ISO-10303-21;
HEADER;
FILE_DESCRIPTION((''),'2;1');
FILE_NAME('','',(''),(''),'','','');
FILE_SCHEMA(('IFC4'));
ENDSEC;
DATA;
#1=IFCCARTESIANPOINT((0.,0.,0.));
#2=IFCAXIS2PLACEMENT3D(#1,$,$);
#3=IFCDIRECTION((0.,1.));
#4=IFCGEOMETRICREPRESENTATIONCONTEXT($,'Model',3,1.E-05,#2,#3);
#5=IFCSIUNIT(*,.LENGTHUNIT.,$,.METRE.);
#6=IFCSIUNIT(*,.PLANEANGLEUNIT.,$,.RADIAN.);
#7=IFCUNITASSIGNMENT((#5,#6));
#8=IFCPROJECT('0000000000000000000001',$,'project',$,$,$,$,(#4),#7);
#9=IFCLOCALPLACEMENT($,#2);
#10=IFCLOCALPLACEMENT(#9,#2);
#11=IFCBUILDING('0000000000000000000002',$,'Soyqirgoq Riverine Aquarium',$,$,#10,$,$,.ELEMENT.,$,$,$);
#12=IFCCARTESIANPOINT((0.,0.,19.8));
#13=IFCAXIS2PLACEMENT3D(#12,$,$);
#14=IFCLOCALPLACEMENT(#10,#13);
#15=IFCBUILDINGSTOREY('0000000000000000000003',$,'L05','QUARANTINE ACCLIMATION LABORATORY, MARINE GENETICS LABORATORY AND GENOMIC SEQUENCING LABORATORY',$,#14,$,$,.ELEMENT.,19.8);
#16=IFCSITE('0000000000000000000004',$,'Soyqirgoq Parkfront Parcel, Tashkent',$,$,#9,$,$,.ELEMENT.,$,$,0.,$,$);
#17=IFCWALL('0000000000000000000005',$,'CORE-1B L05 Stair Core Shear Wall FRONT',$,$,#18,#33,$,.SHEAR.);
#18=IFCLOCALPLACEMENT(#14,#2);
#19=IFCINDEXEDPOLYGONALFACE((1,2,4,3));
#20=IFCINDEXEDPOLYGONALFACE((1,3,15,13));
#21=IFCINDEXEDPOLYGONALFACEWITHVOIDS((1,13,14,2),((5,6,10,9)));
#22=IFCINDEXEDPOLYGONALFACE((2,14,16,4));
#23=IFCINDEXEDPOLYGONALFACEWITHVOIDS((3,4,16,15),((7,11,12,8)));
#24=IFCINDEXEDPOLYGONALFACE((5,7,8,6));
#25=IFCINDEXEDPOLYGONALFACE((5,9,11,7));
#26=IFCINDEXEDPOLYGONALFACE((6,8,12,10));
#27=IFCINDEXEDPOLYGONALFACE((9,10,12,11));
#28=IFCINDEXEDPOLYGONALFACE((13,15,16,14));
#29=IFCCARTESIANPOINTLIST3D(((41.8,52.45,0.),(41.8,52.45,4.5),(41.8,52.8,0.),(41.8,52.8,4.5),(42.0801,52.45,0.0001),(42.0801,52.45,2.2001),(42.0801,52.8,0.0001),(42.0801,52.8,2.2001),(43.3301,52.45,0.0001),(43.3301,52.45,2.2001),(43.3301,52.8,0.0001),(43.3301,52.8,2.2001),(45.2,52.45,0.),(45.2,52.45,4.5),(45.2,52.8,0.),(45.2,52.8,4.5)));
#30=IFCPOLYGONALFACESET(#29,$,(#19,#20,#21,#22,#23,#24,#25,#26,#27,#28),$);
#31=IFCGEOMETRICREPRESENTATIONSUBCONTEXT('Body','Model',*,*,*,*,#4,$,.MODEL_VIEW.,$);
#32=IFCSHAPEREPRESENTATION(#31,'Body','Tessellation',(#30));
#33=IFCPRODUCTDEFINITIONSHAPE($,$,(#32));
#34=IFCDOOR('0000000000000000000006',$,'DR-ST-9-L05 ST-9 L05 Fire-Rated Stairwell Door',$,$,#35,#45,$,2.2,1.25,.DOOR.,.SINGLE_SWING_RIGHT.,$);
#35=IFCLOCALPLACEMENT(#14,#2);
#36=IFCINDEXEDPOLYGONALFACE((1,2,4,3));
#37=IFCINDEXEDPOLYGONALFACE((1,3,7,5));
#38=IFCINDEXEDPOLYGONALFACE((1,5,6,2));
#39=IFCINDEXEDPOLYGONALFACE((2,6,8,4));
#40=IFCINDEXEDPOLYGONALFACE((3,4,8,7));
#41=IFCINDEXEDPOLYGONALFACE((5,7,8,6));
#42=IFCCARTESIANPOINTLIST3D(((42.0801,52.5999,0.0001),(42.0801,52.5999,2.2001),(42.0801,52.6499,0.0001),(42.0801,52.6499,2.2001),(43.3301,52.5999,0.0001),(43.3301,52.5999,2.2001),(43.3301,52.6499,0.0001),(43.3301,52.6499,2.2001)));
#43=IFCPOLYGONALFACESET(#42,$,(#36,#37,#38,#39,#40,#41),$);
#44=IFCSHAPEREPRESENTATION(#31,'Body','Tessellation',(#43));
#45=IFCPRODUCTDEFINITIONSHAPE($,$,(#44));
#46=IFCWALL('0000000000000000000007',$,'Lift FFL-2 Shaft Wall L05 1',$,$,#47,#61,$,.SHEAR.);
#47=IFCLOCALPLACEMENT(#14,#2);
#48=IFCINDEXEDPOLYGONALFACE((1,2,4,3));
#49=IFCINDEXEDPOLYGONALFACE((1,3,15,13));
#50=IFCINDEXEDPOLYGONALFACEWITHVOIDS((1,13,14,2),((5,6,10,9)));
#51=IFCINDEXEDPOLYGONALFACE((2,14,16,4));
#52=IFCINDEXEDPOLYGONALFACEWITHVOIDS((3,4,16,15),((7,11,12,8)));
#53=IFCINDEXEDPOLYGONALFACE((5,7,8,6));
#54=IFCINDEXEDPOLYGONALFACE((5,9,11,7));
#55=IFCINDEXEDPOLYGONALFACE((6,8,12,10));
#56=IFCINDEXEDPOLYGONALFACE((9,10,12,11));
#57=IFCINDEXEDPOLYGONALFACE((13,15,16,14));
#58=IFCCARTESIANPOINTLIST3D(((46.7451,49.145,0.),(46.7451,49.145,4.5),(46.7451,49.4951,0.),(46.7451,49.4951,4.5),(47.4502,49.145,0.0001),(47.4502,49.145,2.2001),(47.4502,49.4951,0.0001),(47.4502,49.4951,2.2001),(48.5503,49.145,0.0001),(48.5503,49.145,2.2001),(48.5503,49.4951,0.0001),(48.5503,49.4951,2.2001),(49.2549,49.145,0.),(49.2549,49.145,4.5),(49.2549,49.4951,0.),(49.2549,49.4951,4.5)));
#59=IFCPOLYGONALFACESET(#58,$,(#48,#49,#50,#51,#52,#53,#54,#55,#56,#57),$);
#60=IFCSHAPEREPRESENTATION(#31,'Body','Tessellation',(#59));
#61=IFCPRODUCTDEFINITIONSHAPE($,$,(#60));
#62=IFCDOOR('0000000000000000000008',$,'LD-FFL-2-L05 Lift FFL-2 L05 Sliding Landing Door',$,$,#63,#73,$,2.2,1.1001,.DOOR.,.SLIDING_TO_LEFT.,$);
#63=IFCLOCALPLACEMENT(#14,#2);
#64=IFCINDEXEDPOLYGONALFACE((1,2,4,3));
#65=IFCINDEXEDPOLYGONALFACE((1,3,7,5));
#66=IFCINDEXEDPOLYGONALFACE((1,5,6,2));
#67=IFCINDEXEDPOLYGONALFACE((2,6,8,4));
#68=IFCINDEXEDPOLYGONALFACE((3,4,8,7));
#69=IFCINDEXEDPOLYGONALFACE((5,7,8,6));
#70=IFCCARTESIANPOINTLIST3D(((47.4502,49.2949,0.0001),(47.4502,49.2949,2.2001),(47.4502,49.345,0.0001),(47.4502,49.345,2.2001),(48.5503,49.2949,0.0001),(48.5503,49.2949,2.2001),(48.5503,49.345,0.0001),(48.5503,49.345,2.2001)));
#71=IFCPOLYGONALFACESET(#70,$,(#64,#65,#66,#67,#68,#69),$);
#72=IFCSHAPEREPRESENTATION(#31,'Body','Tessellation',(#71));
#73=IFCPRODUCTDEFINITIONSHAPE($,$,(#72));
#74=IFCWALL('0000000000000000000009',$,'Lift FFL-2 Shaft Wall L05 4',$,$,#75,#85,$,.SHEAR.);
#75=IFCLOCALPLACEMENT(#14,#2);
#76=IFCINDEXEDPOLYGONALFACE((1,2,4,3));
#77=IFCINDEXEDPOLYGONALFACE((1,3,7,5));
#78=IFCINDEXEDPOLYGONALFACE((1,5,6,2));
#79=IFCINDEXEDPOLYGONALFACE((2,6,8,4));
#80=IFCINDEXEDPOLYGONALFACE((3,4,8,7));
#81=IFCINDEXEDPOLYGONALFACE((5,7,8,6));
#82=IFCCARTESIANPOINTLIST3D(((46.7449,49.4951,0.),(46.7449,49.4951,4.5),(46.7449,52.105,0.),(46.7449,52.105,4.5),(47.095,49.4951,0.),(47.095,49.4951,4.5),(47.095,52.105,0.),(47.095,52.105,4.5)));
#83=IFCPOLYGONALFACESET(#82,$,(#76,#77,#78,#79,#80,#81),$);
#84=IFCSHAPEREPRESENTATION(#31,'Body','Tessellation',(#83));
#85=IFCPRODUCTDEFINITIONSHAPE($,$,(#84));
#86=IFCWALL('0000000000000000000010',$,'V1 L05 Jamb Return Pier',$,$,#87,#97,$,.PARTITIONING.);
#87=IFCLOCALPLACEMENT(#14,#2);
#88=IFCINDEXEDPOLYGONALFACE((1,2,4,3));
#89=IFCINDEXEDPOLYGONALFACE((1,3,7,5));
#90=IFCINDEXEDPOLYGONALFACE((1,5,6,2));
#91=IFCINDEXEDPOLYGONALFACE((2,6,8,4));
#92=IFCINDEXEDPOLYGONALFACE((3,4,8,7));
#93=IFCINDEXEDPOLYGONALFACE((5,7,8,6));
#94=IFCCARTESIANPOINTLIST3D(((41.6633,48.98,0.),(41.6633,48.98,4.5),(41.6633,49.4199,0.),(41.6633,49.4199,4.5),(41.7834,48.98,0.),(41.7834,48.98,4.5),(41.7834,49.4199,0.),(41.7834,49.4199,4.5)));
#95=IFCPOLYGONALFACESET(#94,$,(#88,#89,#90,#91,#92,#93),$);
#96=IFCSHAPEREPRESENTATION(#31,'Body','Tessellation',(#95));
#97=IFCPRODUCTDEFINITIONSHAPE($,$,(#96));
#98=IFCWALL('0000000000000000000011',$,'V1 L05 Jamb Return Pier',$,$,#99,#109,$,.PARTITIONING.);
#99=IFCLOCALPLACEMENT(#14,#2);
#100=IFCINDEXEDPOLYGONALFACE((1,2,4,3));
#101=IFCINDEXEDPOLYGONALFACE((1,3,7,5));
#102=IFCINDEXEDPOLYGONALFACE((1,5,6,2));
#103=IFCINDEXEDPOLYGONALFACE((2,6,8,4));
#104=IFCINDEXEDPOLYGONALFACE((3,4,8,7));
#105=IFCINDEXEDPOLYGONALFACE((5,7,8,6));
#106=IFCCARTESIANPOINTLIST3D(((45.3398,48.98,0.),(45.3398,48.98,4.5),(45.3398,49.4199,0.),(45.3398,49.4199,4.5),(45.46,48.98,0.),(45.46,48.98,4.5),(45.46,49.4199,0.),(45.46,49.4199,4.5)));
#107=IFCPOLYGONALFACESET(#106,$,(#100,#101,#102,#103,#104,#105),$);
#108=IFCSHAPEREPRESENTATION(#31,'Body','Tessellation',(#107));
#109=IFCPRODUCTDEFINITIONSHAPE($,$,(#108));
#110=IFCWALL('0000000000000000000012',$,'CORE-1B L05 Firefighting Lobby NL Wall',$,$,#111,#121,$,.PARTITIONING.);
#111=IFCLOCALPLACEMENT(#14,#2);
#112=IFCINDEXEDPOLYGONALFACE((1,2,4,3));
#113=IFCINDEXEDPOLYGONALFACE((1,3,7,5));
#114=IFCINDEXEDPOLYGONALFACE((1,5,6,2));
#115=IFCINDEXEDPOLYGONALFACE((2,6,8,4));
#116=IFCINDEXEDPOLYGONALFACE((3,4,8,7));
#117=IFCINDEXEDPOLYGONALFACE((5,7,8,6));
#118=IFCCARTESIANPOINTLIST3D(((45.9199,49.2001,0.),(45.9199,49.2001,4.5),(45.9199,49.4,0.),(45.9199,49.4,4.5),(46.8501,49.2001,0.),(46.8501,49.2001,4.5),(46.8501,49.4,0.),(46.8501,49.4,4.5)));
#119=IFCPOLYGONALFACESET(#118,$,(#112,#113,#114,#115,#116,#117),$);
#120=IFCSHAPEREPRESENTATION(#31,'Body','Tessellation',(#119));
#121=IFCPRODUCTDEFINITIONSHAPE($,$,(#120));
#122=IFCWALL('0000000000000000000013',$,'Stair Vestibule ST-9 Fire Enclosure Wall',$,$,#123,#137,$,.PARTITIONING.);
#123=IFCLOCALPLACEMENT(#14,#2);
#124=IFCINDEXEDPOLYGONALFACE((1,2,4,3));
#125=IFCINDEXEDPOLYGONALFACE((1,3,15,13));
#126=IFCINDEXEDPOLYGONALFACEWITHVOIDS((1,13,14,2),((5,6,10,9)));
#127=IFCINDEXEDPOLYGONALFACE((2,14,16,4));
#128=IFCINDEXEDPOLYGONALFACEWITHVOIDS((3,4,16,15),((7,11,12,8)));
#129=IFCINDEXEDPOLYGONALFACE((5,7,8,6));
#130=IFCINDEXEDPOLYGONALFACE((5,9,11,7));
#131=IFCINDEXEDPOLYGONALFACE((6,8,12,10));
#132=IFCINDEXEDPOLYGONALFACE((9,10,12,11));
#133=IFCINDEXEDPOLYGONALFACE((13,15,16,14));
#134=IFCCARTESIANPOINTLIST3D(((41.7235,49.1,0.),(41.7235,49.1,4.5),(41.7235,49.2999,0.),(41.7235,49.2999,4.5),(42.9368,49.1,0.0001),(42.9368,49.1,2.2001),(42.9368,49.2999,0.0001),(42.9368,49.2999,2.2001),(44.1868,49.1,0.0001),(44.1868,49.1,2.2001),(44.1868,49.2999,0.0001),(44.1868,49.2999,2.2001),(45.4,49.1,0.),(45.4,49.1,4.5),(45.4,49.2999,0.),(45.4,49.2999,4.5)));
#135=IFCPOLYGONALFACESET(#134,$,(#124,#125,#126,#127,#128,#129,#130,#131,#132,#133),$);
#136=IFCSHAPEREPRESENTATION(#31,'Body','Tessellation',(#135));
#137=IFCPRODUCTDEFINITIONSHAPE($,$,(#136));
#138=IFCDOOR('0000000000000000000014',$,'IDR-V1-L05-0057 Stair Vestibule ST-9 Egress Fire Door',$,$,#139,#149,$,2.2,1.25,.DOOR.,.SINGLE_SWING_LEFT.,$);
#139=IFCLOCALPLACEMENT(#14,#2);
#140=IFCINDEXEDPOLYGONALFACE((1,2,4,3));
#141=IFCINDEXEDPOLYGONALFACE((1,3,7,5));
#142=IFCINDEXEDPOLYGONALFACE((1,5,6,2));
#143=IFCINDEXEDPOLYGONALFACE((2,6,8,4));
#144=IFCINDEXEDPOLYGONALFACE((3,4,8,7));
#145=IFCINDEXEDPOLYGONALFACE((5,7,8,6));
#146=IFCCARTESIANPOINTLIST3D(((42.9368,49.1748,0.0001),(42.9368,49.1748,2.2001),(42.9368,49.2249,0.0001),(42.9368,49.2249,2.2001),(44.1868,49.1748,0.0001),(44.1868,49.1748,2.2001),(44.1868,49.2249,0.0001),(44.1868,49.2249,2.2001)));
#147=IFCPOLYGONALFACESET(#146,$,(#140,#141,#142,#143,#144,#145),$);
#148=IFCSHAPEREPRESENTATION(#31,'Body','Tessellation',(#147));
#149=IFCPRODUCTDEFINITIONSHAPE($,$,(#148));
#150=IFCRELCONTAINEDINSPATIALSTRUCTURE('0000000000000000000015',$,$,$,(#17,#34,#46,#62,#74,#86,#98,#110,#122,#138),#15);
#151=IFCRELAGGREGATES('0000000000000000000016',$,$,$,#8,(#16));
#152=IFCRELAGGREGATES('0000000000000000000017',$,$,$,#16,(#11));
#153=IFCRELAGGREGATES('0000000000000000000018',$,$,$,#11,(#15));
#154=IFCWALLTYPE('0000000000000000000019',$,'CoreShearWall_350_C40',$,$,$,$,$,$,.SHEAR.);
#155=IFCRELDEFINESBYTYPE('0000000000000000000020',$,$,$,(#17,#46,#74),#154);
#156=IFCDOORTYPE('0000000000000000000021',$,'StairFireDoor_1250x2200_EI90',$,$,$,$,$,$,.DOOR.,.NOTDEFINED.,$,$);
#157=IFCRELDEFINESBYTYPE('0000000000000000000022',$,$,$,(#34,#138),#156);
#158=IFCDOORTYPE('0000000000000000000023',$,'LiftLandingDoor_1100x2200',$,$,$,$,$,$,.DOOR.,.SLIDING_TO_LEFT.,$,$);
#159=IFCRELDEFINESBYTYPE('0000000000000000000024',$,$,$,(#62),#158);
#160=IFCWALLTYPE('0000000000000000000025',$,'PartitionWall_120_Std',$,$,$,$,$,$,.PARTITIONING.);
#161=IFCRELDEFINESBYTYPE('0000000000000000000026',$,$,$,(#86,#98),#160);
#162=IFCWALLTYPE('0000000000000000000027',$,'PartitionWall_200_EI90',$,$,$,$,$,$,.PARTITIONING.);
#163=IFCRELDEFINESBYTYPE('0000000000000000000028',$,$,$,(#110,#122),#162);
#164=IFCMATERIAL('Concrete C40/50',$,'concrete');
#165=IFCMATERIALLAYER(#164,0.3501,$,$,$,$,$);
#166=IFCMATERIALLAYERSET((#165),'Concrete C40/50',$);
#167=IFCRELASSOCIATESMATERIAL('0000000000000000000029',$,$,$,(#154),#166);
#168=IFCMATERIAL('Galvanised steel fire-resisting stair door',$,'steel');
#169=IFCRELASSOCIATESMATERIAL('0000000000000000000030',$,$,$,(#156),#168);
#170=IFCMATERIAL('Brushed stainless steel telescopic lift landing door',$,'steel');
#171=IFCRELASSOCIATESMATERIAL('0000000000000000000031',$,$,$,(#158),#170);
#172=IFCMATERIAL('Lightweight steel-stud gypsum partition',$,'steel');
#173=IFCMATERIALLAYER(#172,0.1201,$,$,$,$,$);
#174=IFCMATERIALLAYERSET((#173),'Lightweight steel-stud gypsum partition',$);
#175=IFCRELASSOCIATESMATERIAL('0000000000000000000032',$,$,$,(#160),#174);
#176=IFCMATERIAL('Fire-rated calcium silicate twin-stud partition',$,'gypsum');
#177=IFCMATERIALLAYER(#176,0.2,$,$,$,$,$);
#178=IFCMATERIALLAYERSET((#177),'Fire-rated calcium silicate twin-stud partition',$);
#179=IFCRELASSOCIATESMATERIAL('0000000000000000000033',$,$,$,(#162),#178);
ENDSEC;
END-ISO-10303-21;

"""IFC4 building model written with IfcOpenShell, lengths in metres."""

from ifc_helpers import new_model, si_unit, direction, frame, frame_2d, origin, place, context, subcontext, project, spatial, rectangle, extrude, material, layer, layer_set, type_object, element, fill, save


model = new_model("IFC4")

# Units and contexts
model_context = context("Model", 3, precision=1e-05, world=origin(), true_north=direction((0.0, 1.0)))
body_context = subcontext(model_context, "Body", "Model", "MODEL_VIEW")
ifc_project = project(units=[si_unit("LENGTHUNIT", "METRE"), si_unit("PLANEANGLEUNIT", "RADIAN")], contexts=[model_context])

# Site, building, storey
site_placement = place(None, origin())
site = spatial("IfcSite", under=ifc_project, at=site_placement, Name="Soyqirgoq Parkfront Parcel, Tashkent", CompositionType="ELEMENT", RefElevation=0.0)
building_placement = place(site_placement, origin())
building = spatial("IfcBuilding", under=site, at=building_placement, Name="Soyqirgoq Riverine Aquarium", CompositionType="ELEMENT")
storey_placement = place(building_placement, frame((0.0, 0.0, 19.8)))
storey = spatial("IfcBuildingStorey", under=building, at=storey_placement, Name="L05", Description="QUARANTINE ACCLIMATION LABORATORY, MARINE GENETICS LABORATORY AND GENOMIC SEQUENCING LABORATORY", CompositionType="ELEMENT", Elevation=19.8)

# Shared definitions
ifc_material_1 = material(Name="Concrete C40/50", Category="concrete")
ifc_layer_1 = layer(ifc_material_1, 0.3501)
ifc_layer_set_1 = layer_set([ifc_layer_1], Name="Concrete C40/50")
wall_type_1 = type_object("IfcWallType", Name="CoreShearWall_350_C40", PredefinedType="SHEAR", material=ifc_layer_set_1)

# Walls, openings, doors
wall_1_placement = place(storey_placement, frame((41.8, 52.625, 0.0), z_axis=(0.0, 0.0, 1.0), x_axis=(1.0, 0.0, 0.0)))
wall_1 = element("IfcWall", 1, at=wall_1_placement, inside=storey, type_object=wall_type_1, Name="CORE-1B L05 Stair Core Shear Wall FRONT", PredefinedType="SHEAR", context=body_context, shape_type="SweptSolid", body=[
    extrude(rectangle(XDim=3.3999, YDim=0.3501, at=frame_2d((1.7, 0.0))), origin(), (0.0, 0.0, 1.0), 4.5),
])
opening_1_placement = place(wall_1_placement, frame((0.28, 0.0, 0.0)))
opening_1 = element("IfcOpeningElement", 2, at=opening_1_placement, cuts=wall_1, PredefinedType="OPENING", context=body_context, shape_type="SweptSolid", body=[
    extrude(rectangle(XDim=1.25, YDim=2.2, at=frame_2d((0.625, 1.1001))), frame((0.0, 0.1851, 0.0), z_axis=(0.0, -1.0, 0.0), x_axis=(1.0, 0.0, 0.0)), (0.0, 0.0, 1.0), 0.3701),
])
ifc_material_2 = material(Name="Galvanised steel fire-resisting stair door", Category="steel")
door_type_1 = type_object("IfcDoorType", Name="StairFireDoor_1250x2200_EI90", OperationType="NOTDEFINED", PredefinedType="DOOR", material=ifc_material_2)
door_1_placement = place(opening_1_placement, origin())
door_1 = element("IfcDoor", 3, at=door_1_placement, inside=storey, type_object=door_type_1, Name="DR-ST-9-L05 ST-9 L05 Fire-Rated Stairwell Door", OperationType="SINGLE_SWING_RIGHT", OverallHeight=2.2, OverallWidth=1.25, PredefinedType="DOOR", context=body_context, shape_type="SweptSolid", body=[
    extrude(rectangle(XDim=1.25, YDim=2.2, at=frame_2d((0.625, 1.1001))), frame((0.0, 0.0249, 0.0), z_axis=(0.0, -1.0, 0.0), x_axis=(1.0, 0.0, 0.0)), (0.0, 0.0, 1.0), 0.05),
])
fill(opening_1, door_1)
wall_2_placement = place(storey_placement, frame((46.7451, 49.3201, 0.0), z_axis=(0.0, 0.0, 1.0), x_axis=(1.0, 0.0, 0.0)))
wall_2 = element("IfcWall", 4, at=wall_2_placement, inside=storey, type_object=wall_type_1, Name="Lift FFL-2 Shaft Wall L05 1", PredefinedType="SHEAR", context=body_context, shape_type="SweptSolid", body=[
    extrude(rectangle(XDim=2.5098, YDim=0.3501, at=frame_2d((1.2549, 0.0))), origin(), (0.0, 0.0, 1.0), 4.5),
])
opening_2_placement = place(wall_2_placement, frame((0.7051, 0.0, 0.0)))
opening_2 = element("IfcOpeningElement", 5, at=opening_2_placement, cuts=wall_2, PredefinedType="OPENING", context=body_context, shape_type="SweptSolid", body=[
    extrude(rectangle(XDim=1.1001, YDim=2.2, at=frame_2d((0.55, 1.1001))), frame((0.0, 0.1851, 0.0), z_axis=(0.0, -1.0, 0.0), x_axis=(1.0, 0.0, 0.0)), (0.0, 0.0, 1.0), 0.3701),
])
ifc_material_3 = material(Name="Brushed stainless steel telescopic lift landing door", Category="steel")
door_type_2 = type_object("IfcDoorType", Name="LiftLandingDoor_1100x2200", OperationType="SLIDING_TO_LEFT", PredefinedType="DOOR", material=ifc_material_3)
door_2_placement = place(opening_2_placement, origin())
door_2 = element("IfcDoor", 6, at=door_2_placement, inside=storey, type_object=door_type_2, Name="LD-FFL-2-L05 Lift FFL-2 L05 Sliding Landing Door", OperationType="SLIDING_TO_LEFT", OverallHeight=2.2, OverallWidth=1.1001, PredefinedType="DOOR", context=body_context, shape_type="SweptSolid", body=[
    extrude(rectangle(XDim=1.1001, YDim=2.2, at=frame_2d((0.55, 1.1001))), frame((0.0, 0.0249, 0.0), z_axis=(0.0, -1.0, 0.0), x_axis=(1.0, 0.0, 0.0)), (0.0, 0.0, 1.0), 0.05),
])
fill(opening_2, door_2)

# Walls
wall_3_placement = place(storey_placement, frame((46.9199, 52.105, 0.0), z_axis=(0.0, 0.0, 1.0), x_axis=(0.0, -1.0, 0.0)))
element("IfcWall", 7, at=wall_3_placement, inside=storey, type_object=wall_type_1, Name="Lift FFL-2 Shaft Wall L05 4", PredefinedType="SHEAR", context=body_context, shape_type="SweptSolid", body=[
    extrude(rectangle(XDim=2.6099, YDim=0.3501, at=frame_2d((1.3049, 0.0))), origin(), (0.0, 0.0, 1.0), 4.5),
])
ifc_material_4 = material(Name="Lightweight steel-stud gypsum partition", Category="steel")
ifc_layer_2 = layer(ifc_material_4, 0.1201)
ifc_layer_set_2 = layer_set([ifc_layer_2], Name="Lightweight steel-stud gypsum partition")
wall_type_2 = type_object("IfcWallType", Name="PartitionWall_120_Std", PredefinedType="PARTITIONING", material=ifc_layer_set_2)
for number, where, z_axis, x_axis, name in (
    (8, (41.7234, 48.98, 0.0), (0.0, 0.0, 1.0), (0.0, 1.0, 0.0), "V1 L05 Jamb Return Pier"),
    (9, (45.3999, 48.98, 0.0), (0.0, 0.0, 1.0), (0.0, 1.0, 0.0), "V1 L05 Jamb Return Pier"),
):
    element("IfcWall", number, at=place(storey_placement, frame(where, z_axis=z_axis, x_axis=x_axis)), inside=storey, type_object=wall_type_2, Name=name, PredefinedType="PARTITIONING", context=body_context, shape_type="SweptSolid", body=[
        extrude(rectangle(XDim=0.4399, YDim=0.1201, at=frame_2d((0.22, 0.0))), origin(), (0.0, 0.0, 1.0), 4.5),
    ])
ifc_material_5 = material(Name="Fire-rated calcium silicate twin-stud partition", Category="gypsum")
ifc_layer_3 = layer(ifc_material_5, 0.2)
ifc_layer_set_3 = layer_set([ifc_layer_3], Name="Fire-rated calcium silicate twin-stud partition")
wall_type_3 = type_object("IfcWallType", Name="PartitionWall_200_EI90", PredefinedType="PARTITIONING", material=ifc_layer_set_3)
wall_4_placement = place(storey_placement, frame((45.9199, 49.3, 0.0), z_axis=(0.0, 0.0, 1.0), x_axis=(1.0, 0.0, 0.0)))
element("IfcWall", 10, at=wall_4_placement, inside=storey, type_object=wall_type_3, Name="CORE-1B L05 Firefighting Lobby NL Wall", PredefinedType="PARTITIONING", context=body_context, shape_type="SweptSolid", body=[
    extrude(rectangle(XDim=0.9302, YDim=0.2, at=frame_2d((0.4651, 0.0))), origin(), (0.0, 0.0, 1.0), 4.5),
])

# Wall, opening, door
wall_5_placement = place(storey_placement, frame((41.7234, 49.2, 0.0), z_axis=(0.0, 0.0, 1.0), x_axis=(1.0, 0.0, 0.0)))
wall_5 = element("IfcWall", 11, at=wall_5_placement, inside=storey, type_object=wall_type_3, Name="Stair Vestibule ST-9 Fire Enclosure Wall", PredefinedType="PARTITIONING", context=body_context, shape_type="SweptSolid", body=[
    extrude(rectangle(XDim=3.6765, YDim=0.2, at=frame_2d((1.8384, 0.0))), origin(), (0.0, 0.0, 1.0), 4.5),
])
opening_3_placement = place(wall_5_placement, frame((1.2134, 0.0, 0.0)))
opening_3 = element("IfcOpeningElement", 12, at=opening_3_placement, cuts=wall_5, PredefinedType="OPENING", context=body_context, shape_type="SweptSolid", body=[
    extrude(rectangle(XDim=1.25, YDim=2.2, at=frame_2d((0.625, 1.1001))), frame((0.0, 0.1099, 0.0), z_axis=(0.0, -1.0, 0.0), x_axis=(1.0, 0.0, 0.0)), (0.0, 0.0, 1.0), 0.22),
])
door_3_placement = place(opening_3_placement, origin())
door_3 = element("IfcDoor", 13, at=door_3_placement, inside=storey, type_object=door_type_1, Name="IDR-V1-L05-0057 Stair Vestibule ST-9 Egress Fire Door", OperationType="SINGLE_SWING_LEFT", OverallHeight=2.2, OverallWidth=1.25, PredefinedType="DOOR", context=body_context, shape_type="SweptSolid", body=[
    extrude(rectangle(XDim=1.25, YDim=2.2, at=frame_2d((0.625, 1.1001))), frame((0.0, 0.0249, 0.0), z_axis=(0.0, -1.0, 0.0), x_axis=(1.0, 0.0, 0.0)), (0.0, 0.0, 1.0), 0.05),
])
fill(opening_3, door_3)

save(model, "model.ifc")
